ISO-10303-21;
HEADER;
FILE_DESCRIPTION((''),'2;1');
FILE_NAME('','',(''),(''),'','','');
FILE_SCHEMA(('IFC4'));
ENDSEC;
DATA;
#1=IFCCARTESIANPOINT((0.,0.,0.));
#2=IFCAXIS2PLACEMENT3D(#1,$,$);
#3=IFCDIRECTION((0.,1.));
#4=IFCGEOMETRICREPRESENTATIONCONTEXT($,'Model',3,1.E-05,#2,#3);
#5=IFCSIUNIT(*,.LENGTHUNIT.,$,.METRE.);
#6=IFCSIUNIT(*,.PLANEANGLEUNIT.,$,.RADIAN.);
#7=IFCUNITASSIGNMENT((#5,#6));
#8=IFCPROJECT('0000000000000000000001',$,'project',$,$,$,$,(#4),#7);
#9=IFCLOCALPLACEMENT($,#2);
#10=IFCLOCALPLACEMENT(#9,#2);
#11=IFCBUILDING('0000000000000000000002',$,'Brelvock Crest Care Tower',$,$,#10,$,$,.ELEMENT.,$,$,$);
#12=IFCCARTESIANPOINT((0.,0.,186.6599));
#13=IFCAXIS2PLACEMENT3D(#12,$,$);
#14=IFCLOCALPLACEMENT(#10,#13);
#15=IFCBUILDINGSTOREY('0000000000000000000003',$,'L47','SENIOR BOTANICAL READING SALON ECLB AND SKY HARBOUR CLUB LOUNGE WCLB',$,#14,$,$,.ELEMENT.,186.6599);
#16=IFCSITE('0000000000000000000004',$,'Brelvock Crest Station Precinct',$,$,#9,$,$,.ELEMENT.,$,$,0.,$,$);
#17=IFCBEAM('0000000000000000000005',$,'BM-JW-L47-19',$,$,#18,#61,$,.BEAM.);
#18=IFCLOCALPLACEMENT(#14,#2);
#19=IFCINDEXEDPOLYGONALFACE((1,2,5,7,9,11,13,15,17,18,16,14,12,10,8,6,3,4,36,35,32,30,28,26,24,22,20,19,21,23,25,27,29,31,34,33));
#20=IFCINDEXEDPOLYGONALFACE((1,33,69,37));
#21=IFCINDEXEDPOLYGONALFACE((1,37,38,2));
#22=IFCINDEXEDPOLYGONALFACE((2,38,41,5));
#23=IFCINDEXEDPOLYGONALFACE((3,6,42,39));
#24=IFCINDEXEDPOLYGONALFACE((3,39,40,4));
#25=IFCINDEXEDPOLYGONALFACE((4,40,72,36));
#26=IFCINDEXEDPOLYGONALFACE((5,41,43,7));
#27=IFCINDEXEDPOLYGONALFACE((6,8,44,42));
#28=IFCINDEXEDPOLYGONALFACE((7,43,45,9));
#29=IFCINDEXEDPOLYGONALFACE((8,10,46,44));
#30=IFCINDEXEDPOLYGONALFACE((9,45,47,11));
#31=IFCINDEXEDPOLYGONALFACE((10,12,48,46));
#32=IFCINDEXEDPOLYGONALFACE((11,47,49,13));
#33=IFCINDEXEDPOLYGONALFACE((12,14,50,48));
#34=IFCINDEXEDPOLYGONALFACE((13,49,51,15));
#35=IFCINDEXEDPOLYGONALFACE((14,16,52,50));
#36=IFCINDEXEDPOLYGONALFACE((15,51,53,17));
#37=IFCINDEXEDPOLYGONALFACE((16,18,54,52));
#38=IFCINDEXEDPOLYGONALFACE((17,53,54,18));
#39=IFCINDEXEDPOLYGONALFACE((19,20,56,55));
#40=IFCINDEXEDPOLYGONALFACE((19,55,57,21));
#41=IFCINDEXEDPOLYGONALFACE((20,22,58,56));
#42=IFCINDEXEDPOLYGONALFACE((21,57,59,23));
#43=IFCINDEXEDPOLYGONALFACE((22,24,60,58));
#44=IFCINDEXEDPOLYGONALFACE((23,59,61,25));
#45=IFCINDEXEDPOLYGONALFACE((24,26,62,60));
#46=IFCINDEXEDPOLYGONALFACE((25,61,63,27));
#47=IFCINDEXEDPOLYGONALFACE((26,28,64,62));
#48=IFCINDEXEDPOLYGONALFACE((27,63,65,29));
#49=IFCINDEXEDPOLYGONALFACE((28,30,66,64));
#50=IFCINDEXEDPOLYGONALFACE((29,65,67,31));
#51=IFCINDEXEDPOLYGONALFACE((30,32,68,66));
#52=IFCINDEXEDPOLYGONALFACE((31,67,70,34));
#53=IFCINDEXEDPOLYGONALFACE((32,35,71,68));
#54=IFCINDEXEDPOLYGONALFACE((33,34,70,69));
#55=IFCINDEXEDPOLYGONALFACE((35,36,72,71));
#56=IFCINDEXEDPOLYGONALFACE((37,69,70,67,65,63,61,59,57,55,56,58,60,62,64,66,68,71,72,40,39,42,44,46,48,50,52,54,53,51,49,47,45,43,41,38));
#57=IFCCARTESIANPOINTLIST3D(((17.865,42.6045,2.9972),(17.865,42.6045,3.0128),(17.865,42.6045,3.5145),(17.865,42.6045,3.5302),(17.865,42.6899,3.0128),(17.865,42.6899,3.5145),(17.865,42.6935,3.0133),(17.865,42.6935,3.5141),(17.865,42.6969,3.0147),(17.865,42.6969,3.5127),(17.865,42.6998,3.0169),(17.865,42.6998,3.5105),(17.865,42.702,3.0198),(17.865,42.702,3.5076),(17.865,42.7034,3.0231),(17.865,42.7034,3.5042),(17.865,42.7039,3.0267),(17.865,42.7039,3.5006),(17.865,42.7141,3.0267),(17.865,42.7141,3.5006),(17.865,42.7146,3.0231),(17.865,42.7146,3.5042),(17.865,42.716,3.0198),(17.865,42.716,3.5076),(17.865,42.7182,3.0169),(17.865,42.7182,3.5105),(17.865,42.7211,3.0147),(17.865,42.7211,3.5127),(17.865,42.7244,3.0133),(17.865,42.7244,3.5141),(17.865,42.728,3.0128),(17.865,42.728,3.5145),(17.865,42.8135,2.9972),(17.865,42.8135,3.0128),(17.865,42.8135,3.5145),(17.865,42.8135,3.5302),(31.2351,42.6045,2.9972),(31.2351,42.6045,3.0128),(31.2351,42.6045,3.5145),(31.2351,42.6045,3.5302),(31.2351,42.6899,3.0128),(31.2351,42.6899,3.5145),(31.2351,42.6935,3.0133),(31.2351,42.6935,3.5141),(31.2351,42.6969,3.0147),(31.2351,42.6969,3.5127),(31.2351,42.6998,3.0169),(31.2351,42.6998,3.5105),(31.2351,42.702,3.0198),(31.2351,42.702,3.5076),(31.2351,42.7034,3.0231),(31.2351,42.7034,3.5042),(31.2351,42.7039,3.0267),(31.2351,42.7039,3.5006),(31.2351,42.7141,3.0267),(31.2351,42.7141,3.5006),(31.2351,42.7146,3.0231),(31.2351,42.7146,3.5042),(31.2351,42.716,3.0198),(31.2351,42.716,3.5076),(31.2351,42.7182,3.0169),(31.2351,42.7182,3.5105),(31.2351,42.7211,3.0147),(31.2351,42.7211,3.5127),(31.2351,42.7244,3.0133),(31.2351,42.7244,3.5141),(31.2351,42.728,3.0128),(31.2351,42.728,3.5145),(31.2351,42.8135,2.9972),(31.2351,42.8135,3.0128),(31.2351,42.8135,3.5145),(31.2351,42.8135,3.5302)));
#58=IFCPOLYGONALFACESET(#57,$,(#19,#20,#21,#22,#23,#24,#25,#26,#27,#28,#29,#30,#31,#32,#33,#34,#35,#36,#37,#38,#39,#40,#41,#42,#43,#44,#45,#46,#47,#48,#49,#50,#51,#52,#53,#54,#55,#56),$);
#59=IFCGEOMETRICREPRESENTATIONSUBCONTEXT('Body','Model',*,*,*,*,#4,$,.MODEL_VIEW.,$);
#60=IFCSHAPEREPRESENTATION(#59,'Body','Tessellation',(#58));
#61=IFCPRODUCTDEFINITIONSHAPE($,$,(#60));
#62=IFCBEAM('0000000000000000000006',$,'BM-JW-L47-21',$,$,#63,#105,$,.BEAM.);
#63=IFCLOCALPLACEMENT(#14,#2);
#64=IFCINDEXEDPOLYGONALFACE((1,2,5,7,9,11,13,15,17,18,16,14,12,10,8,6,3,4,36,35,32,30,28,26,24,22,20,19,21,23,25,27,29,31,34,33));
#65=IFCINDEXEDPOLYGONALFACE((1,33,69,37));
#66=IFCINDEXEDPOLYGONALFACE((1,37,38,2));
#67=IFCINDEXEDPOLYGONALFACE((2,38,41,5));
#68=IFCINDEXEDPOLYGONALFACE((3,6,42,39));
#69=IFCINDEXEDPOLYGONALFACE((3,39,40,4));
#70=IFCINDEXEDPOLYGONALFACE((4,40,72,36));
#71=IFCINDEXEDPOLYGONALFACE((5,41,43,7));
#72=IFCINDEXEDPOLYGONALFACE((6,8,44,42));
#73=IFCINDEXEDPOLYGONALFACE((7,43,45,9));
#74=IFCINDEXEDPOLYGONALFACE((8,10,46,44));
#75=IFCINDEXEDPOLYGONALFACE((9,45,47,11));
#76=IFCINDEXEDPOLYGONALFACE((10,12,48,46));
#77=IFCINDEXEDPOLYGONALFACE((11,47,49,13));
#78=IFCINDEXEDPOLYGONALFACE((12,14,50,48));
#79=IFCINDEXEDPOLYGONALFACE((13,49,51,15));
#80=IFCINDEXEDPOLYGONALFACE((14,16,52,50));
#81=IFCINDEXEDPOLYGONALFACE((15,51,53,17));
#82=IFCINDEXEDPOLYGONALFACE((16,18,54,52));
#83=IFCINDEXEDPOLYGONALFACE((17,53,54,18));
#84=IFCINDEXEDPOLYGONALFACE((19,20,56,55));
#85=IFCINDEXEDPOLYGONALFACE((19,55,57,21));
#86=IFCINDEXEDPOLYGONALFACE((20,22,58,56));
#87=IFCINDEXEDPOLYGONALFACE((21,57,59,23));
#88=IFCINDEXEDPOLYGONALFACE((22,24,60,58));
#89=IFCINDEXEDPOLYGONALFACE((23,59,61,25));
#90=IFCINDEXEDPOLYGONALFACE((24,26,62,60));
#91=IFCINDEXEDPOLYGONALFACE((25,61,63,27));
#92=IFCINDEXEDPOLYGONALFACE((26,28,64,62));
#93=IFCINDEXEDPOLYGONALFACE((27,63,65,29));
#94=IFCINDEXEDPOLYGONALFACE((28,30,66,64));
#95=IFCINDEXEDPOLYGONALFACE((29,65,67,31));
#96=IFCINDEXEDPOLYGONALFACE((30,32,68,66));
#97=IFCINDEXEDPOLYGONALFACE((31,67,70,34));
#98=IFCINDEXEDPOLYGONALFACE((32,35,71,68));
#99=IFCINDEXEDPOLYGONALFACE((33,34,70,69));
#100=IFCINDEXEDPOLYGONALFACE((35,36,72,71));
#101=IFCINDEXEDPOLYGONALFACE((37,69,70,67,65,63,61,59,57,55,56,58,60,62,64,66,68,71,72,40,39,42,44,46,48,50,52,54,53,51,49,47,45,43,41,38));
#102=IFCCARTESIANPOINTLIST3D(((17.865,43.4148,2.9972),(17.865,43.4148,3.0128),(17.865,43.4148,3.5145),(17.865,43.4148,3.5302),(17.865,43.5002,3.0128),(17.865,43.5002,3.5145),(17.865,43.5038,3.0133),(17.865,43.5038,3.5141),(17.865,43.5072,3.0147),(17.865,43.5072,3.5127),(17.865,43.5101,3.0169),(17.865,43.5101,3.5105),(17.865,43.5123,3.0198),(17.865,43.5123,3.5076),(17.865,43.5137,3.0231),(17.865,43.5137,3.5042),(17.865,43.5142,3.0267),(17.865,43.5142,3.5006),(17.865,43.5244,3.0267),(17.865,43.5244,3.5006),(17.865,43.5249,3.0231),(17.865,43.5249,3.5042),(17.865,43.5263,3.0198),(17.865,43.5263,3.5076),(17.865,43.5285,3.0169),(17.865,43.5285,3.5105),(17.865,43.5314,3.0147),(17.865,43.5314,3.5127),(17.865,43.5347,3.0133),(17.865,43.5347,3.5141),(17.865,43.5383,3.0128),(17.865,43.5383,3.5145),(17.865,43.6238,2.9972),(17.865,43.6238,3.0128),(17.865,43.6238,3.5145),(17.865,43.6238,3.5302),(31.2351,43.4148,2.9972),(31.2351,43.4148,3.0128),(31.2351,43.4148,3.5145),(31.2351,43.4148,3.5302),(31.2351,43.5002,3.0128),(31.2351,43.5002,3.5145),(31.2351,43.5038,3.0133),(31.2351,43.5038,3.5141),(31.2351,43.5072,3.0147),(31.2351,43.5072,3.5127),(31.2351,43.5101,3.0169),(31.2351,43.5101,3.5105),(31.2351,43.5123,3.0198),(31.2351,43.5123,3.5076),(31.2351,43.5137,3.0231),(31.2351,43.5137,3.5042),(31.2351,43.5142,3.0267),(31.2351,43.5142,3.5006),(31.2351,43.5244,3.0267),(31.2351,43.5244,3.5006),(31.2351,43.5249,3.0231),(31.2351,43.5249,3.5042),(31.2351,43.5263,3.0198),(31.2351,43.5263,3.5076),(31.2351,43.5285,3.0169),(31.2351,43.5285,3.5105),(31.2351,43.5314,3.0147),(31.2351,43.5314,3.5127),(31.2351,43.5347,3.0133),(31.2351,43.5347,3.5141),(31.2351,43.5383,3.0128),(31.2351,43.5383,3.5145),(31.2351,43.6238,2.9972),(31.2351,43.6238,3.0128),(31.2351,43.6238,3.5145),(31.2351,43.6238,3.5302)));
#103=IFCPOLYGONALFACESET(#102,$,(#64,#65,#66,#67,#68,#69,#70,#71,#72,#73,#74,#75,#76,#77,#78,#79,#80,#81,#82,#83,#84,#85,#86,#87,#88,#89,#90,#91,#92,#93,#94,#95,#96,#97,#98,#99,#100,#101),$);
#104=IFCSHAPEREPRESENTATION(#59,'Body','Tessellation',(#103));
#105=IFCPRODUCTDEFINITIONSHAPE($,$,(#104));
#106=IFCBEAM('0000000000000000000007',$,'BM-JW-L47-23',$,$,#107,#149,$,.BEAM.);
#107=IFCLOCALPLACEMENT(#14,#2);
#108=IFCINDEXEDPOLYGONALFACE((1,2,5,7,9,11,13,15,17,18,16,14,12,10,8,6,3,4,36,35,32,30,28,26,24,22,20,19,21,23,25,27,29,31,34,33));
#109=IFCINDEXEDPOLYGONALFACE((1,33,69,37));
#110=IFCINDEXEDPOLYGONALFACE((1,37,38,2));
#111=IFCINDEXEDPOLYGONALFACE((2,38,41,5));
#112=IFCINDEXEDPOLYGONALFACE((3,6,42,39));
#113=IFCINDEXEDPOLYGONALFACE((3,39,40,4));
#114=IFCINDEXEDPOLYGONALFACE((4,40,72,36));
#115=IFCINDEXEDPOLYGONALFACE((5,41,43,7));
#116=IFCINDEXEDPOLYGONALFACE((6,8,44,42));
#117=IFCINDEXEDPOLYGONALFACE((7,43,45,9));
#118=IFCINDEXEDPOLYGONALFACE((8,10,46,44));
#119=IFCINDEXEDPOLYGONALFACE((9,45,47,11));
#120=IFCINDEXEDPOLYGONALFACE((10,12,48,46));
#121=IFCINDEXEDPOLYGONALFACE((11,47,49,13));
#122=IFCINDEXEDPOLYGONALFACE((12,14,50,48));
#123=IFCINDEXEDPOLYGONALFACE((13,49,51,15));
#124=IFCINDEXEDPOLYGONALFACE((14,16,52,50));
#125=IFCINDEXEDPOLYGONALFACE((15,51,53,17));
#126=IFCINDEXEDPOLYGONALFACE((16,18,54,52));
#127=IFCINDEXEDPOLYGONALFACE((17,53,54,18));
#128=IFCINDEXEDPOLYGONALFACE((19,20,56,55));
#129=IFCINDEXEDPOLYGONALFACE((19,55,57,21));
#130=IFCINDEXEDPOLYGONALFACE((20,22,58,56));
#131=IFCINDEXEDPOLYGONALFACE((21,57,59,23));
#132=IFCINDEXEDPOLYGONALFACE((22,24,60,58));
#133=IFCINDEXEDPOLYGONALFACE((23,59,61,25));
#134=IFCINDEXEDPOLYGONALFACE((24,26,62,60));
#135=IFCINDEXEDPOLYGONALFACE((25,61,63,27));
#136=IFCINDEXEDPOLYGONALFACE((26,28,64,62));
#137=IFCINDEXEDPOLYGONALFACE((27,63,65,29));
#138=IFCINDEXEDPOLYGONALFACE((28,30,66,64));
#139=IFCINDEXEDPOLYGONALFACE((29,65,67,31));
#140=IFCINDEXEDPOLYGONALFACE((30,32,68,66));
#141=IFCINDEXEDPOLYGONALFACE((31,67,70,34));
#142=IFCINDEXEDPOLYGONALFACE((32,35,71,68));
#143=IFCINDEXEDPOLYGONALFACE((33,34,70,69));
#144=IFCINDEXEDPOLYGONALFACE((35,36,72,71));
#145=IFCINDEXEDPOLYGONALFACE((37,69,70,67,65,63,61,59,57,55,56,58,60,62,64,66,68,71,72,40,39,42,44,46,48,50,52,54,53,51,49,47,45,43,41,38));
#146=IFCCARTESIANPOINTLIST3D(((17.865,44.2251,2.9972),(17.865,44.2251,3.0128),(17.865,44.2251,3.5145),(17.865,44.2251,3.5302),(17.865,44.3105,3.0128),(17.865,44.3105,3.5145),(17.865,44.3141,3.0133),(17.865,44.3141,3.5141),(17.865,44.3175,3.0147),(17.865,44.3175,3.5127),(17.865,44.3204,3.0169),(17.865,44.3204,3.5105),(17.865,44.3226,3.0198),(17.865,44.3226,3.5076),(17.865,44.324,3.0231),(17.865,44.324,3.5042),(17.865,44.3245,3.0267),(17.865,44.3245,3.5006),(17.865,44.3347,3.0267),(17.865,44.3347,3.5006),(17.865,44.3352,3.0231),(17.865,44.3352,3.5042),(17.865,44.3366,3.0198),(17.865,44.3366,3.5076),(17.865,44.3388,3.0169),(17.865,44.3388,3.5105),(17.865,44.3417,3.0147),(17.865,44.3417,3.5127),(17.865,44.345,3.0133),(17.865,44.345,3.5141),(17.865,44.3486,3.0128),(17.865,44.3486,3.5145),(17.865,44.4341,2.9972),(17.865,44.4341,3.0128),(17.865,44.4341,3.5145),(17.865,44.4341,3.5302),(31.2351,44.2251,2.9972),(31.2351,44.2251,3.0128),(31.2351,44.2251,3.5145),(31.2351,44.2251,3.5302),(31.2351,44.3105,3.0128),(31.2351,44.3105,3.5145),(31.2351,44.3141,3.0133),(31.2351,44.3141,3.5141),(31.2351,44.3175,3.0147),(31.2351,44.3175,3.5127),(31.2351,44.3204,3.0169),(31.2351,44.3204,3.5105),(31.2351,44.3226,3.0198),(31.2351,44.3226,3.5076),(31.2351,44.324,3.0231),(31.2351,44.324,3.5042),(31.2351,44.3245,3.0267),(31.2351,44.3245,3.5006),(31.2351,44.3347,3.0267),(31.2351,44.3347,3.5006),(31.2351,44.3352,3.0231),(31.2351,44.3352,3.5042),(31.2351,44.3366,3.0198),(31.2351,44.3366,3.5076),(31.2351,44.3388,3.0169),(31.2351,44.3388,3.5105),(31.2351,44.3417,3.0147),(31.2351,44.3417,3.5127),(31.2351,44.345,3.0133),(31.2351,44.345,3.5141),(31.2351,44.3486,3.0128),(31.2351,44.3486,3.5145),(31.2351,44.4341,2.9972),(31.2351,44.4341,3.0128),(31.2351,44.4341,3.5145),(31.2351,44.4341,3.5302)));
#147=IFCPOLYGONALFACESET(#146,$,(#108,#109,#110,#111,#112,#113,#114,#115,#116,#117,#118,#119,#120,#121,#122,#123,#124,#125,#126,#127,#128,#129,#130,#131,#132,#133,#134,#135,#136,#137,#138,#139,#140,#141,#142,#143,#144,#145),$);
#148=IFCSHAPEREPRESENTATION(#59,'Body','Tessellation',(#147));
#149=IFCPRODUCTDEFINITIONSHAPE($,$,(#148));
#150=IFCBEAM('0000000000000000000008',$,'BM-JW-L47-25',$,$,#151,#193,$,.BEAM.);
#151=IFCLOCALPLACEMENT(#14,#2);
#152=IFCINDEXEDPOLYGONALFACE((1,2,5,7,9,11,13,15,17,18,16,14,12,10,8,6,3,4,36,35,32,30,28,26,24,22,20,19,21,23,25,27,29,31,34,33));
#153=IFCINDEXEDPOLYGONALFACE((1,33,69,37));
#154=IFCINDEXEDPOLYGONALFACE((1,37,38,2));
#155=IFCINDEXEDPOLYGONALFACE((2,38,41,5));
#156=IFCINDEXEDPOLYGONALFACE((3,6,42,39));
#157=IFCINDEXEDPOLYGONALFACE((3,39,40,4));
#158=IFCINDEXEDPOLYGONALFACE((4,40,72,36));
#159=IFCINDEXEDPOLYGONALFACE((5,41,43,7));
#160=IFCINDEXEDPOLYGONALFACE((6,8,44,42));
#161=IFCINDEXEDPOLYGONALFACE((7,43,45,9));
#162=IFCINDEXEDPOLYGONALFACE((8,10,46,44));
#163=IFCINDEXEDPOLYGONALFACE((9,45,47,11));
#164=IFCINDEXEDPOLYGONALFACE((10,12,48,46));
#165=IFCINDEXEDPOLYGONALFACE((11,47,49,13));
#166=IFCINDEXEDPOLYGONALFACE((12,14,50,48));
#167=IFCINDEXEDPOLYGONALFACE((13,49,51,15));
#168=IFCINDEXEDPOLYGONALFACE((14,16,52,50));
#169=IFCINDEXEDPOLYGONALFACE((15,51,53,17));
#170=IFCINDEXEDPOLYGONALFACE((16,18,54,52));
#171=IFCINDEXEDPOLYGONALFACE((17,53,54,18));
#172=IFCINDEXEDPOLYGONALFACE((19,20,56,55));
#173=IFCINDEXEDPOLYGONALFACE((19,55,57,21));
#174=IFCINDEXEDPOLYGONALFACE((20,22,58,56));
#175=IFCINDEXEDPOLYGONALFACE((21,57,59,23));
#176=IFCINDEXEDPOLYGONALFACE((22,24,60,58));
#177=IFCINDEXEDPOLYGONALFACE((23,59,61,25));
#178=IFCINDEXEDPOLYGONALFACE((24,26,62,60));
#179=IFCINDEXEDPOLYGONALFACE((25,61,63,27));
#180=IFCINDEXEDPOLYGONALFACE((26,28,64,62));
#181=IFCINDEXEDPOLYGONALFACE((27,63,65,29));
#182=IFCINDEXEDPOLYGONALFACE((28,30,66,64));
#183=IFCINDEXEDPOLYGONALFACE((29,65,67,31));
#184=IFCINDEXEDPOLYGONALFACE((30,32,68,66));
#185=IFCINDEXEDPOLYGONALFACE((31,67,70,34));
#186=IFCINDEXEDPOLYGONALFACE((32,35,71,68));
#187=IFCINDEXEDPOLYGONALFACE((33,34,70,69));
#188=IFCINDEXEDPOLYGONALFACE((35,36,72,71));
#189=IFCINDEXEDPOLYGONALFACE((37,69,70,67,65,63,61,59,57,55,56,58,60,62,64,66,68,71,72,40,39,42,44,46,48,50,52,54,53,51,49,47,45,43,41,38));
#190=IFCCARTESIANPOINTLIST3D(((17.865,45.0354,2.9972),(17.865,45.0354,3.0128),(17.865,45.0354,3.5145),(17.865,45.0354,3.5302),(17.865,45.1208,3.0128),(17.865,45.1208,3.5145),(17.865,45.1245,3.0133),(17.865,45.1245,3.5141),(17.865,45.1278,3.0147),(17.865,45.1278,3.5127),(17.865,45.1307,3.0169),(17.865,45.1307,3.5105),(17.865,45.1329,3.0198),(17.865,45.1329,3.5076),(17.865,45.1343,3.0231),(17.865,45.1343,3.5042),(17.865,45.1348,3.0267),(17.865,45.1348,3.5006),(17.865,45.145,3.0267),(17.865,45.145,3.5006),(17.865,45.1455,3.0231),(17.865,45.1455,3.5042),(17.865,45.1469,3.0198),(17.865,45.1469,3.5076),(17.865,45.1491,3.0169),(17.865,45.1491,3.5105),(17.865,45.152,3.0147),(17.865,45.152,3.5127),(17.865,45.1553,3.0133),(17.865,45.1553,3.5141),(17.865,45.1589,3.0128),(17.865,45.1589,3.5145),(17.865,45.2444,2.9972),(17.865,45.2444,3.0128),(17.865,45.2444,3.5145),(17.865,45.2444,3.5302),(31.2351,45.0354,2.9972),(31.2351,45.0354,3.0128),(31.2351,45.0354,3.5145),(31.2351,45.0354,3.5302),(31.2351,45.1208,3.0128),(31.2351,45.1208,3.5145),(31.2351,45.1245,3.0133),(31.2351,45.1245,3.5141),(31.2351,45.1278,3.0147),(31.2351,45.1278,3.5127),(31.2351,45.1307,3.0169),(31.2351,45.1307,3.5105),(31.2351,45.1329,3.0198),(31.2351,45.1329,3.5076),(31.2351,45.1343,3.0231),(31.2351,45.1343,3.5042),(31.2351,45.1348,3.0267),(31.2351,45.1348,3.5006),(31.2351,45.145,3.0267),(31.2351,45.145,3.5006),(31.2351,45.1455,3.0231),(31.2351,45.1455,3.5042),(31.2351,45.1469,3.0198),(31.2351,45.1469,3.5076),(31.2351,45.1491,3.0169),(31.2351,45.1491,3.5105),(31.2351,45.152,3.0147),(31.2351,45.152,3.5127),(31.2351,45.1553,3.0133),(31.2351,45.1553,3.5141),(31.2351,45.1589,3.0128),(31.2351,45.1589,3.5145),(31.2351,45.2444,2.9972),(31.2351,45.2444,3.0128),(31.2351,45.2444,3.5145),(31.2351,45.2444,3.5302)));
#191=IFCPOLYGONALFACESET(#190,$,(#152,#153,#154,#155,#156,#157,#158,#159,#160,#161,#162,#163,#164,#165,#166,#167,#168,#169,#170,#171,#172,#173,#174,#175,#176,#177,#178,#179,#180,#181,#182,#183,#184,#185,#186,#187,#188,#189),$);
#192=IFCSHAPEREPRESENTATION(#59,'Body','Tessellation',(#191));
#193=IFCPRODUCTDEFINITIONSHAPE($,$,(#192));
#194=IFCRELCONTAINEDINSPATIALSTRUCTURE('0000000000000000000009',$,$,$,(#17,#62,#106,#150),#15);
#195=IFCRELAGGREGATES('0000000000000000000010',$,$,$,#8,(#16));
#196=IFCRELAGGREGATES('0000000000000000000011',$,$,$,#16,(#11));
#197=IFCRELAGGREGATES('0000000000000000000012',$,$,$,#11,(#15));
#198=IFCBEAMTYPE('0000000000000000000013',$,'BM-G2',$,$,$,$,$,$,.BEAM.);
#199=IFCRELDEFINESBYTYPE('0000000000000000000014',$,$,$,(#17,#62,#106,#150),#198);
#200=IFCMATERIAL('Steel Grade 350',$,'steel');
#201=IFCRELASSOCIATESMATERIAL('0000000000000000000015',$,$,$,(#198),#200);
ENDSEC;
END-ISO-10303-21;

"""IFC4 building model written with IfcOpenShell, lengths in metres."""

from ifc_helpers import new_model, si_unit, direction, frame, origin, origin_2d, place, context, subcontext, project, spatial, i_section, extrude, source, transform, mapped, material, material_profile, profile_set, type_object, element, save


model = new_model("IFC4")

# Units and contexts
model_context = context("Model", 3, precision=1e-05, world=origin(), true_north=direction((0.0, 1.0)))
body_context = subcontext(model_context, "Body", "Model", "MODEL_VIEW")
ifc_project = project(units=[si_unit("LENGTHUNIT", "METRE"), si_unit("PLANEANGLEUNIT", "RADIAN")], contexts=[model_context])

# Site, building, storey
site_placement = place(None, origin())
site = spatial("IfcSite", under=ifc_project, at=site_placement, Name="Brelvock Crest Station Precinct", CompositionType="ELEMENT", RefElevation=0.0)
building_placement = place(site_placement, origin())
building = spatial("IfcBuilding", under=site, at=building_placement, Name="Brelvock Crest Care Tower", CompositionType="ELEMENT")
storey_placement = place(building_placement, frame((0.0, 0.0, 186.6599)))
storey = spatial("IfcBuildingStorey", under=building, at=storey_placement, Name="L47", Description="SENIOR BOTANICAL READING SALON ECLB AND SKY HARBOUR CLUB LOUNGE WCLB", CompositionType="ELEMENT", Elevation=186.6599)

# Beams
ifc_material = material(Name="Steel Grade 350", Category="steel")
ifc_material_profile_1 = material_profile(ifc_material, i_section(OverallWidth=0.209, OverallDepth=0.533, WebThickness=0.0103, FlangeThickness=0.0156, FilletRadius=0.0139, at=origin_2d()), Name="530UB92.4")
ifc_profile_set_1 = profile_set([ifc_material_profile_1], Name="Steel Grade 350")
beam_type_1 = type_object("IfcBeamType", Name="BM-G2", PredefinedType="BEAM", material=ifc_profile_set_1)
shared_shape_1 = source(origin(), body_context, "Body", "SweptSolid", [
    extrude(i_section(OverallWidth=0.209, OverallDepth=0.533, WebThickness=0.0103, FlangeThickness=0.0156, FilletRadius=0.0139, at=origin_2d()), origin(), (0.0, 0.0, 1.0), 13.3701),
])
for number, where, z_axis, x_axis, name in (
    (1, (17.865, 42.709, 3.2637), (1.0, 0.0, 0.0), (0.0, 1.0, 0.0), "BM-JW-L47-19"),
    (2, (17.865, 43.5193, 3.2637), (1.0, 0.0, 0.0), (0.0, 1.0, 0.0), "BM-JW-L47-21"),
    (3, (17.865, 44.3296, 3.2637), (1.0, 0.0, 0.0), (0.0, 1.0, 0.0), "BM-JW-L47-23"),
    (4, (17.865, 45.1399, 3.2637), (1.0, 0.0, 0.0), (0.0, 1.0, 0.0), "BM-JW-L47-25"),
):
    element("IfcBeam", number, at=place(storey_placement, frame(where, z_axis=z_axis, x_axis=x_axis)), inside=storey, type_object=beam_type_1, Name=name, PredefinedType="BEAM", context=body_context, shape_type="MappedRepresentation", body=[
        mapped(shared_shape_1, transform((0.0, 0.0, 0.0), x_axis=(1.0, 0.0, 0.0), y_axis=(0.0, 1.0, 0.0), z_axis=(0.0, 0.0, 1.0), scale=1.0)),
    ])

save(model, "model.ifc")
